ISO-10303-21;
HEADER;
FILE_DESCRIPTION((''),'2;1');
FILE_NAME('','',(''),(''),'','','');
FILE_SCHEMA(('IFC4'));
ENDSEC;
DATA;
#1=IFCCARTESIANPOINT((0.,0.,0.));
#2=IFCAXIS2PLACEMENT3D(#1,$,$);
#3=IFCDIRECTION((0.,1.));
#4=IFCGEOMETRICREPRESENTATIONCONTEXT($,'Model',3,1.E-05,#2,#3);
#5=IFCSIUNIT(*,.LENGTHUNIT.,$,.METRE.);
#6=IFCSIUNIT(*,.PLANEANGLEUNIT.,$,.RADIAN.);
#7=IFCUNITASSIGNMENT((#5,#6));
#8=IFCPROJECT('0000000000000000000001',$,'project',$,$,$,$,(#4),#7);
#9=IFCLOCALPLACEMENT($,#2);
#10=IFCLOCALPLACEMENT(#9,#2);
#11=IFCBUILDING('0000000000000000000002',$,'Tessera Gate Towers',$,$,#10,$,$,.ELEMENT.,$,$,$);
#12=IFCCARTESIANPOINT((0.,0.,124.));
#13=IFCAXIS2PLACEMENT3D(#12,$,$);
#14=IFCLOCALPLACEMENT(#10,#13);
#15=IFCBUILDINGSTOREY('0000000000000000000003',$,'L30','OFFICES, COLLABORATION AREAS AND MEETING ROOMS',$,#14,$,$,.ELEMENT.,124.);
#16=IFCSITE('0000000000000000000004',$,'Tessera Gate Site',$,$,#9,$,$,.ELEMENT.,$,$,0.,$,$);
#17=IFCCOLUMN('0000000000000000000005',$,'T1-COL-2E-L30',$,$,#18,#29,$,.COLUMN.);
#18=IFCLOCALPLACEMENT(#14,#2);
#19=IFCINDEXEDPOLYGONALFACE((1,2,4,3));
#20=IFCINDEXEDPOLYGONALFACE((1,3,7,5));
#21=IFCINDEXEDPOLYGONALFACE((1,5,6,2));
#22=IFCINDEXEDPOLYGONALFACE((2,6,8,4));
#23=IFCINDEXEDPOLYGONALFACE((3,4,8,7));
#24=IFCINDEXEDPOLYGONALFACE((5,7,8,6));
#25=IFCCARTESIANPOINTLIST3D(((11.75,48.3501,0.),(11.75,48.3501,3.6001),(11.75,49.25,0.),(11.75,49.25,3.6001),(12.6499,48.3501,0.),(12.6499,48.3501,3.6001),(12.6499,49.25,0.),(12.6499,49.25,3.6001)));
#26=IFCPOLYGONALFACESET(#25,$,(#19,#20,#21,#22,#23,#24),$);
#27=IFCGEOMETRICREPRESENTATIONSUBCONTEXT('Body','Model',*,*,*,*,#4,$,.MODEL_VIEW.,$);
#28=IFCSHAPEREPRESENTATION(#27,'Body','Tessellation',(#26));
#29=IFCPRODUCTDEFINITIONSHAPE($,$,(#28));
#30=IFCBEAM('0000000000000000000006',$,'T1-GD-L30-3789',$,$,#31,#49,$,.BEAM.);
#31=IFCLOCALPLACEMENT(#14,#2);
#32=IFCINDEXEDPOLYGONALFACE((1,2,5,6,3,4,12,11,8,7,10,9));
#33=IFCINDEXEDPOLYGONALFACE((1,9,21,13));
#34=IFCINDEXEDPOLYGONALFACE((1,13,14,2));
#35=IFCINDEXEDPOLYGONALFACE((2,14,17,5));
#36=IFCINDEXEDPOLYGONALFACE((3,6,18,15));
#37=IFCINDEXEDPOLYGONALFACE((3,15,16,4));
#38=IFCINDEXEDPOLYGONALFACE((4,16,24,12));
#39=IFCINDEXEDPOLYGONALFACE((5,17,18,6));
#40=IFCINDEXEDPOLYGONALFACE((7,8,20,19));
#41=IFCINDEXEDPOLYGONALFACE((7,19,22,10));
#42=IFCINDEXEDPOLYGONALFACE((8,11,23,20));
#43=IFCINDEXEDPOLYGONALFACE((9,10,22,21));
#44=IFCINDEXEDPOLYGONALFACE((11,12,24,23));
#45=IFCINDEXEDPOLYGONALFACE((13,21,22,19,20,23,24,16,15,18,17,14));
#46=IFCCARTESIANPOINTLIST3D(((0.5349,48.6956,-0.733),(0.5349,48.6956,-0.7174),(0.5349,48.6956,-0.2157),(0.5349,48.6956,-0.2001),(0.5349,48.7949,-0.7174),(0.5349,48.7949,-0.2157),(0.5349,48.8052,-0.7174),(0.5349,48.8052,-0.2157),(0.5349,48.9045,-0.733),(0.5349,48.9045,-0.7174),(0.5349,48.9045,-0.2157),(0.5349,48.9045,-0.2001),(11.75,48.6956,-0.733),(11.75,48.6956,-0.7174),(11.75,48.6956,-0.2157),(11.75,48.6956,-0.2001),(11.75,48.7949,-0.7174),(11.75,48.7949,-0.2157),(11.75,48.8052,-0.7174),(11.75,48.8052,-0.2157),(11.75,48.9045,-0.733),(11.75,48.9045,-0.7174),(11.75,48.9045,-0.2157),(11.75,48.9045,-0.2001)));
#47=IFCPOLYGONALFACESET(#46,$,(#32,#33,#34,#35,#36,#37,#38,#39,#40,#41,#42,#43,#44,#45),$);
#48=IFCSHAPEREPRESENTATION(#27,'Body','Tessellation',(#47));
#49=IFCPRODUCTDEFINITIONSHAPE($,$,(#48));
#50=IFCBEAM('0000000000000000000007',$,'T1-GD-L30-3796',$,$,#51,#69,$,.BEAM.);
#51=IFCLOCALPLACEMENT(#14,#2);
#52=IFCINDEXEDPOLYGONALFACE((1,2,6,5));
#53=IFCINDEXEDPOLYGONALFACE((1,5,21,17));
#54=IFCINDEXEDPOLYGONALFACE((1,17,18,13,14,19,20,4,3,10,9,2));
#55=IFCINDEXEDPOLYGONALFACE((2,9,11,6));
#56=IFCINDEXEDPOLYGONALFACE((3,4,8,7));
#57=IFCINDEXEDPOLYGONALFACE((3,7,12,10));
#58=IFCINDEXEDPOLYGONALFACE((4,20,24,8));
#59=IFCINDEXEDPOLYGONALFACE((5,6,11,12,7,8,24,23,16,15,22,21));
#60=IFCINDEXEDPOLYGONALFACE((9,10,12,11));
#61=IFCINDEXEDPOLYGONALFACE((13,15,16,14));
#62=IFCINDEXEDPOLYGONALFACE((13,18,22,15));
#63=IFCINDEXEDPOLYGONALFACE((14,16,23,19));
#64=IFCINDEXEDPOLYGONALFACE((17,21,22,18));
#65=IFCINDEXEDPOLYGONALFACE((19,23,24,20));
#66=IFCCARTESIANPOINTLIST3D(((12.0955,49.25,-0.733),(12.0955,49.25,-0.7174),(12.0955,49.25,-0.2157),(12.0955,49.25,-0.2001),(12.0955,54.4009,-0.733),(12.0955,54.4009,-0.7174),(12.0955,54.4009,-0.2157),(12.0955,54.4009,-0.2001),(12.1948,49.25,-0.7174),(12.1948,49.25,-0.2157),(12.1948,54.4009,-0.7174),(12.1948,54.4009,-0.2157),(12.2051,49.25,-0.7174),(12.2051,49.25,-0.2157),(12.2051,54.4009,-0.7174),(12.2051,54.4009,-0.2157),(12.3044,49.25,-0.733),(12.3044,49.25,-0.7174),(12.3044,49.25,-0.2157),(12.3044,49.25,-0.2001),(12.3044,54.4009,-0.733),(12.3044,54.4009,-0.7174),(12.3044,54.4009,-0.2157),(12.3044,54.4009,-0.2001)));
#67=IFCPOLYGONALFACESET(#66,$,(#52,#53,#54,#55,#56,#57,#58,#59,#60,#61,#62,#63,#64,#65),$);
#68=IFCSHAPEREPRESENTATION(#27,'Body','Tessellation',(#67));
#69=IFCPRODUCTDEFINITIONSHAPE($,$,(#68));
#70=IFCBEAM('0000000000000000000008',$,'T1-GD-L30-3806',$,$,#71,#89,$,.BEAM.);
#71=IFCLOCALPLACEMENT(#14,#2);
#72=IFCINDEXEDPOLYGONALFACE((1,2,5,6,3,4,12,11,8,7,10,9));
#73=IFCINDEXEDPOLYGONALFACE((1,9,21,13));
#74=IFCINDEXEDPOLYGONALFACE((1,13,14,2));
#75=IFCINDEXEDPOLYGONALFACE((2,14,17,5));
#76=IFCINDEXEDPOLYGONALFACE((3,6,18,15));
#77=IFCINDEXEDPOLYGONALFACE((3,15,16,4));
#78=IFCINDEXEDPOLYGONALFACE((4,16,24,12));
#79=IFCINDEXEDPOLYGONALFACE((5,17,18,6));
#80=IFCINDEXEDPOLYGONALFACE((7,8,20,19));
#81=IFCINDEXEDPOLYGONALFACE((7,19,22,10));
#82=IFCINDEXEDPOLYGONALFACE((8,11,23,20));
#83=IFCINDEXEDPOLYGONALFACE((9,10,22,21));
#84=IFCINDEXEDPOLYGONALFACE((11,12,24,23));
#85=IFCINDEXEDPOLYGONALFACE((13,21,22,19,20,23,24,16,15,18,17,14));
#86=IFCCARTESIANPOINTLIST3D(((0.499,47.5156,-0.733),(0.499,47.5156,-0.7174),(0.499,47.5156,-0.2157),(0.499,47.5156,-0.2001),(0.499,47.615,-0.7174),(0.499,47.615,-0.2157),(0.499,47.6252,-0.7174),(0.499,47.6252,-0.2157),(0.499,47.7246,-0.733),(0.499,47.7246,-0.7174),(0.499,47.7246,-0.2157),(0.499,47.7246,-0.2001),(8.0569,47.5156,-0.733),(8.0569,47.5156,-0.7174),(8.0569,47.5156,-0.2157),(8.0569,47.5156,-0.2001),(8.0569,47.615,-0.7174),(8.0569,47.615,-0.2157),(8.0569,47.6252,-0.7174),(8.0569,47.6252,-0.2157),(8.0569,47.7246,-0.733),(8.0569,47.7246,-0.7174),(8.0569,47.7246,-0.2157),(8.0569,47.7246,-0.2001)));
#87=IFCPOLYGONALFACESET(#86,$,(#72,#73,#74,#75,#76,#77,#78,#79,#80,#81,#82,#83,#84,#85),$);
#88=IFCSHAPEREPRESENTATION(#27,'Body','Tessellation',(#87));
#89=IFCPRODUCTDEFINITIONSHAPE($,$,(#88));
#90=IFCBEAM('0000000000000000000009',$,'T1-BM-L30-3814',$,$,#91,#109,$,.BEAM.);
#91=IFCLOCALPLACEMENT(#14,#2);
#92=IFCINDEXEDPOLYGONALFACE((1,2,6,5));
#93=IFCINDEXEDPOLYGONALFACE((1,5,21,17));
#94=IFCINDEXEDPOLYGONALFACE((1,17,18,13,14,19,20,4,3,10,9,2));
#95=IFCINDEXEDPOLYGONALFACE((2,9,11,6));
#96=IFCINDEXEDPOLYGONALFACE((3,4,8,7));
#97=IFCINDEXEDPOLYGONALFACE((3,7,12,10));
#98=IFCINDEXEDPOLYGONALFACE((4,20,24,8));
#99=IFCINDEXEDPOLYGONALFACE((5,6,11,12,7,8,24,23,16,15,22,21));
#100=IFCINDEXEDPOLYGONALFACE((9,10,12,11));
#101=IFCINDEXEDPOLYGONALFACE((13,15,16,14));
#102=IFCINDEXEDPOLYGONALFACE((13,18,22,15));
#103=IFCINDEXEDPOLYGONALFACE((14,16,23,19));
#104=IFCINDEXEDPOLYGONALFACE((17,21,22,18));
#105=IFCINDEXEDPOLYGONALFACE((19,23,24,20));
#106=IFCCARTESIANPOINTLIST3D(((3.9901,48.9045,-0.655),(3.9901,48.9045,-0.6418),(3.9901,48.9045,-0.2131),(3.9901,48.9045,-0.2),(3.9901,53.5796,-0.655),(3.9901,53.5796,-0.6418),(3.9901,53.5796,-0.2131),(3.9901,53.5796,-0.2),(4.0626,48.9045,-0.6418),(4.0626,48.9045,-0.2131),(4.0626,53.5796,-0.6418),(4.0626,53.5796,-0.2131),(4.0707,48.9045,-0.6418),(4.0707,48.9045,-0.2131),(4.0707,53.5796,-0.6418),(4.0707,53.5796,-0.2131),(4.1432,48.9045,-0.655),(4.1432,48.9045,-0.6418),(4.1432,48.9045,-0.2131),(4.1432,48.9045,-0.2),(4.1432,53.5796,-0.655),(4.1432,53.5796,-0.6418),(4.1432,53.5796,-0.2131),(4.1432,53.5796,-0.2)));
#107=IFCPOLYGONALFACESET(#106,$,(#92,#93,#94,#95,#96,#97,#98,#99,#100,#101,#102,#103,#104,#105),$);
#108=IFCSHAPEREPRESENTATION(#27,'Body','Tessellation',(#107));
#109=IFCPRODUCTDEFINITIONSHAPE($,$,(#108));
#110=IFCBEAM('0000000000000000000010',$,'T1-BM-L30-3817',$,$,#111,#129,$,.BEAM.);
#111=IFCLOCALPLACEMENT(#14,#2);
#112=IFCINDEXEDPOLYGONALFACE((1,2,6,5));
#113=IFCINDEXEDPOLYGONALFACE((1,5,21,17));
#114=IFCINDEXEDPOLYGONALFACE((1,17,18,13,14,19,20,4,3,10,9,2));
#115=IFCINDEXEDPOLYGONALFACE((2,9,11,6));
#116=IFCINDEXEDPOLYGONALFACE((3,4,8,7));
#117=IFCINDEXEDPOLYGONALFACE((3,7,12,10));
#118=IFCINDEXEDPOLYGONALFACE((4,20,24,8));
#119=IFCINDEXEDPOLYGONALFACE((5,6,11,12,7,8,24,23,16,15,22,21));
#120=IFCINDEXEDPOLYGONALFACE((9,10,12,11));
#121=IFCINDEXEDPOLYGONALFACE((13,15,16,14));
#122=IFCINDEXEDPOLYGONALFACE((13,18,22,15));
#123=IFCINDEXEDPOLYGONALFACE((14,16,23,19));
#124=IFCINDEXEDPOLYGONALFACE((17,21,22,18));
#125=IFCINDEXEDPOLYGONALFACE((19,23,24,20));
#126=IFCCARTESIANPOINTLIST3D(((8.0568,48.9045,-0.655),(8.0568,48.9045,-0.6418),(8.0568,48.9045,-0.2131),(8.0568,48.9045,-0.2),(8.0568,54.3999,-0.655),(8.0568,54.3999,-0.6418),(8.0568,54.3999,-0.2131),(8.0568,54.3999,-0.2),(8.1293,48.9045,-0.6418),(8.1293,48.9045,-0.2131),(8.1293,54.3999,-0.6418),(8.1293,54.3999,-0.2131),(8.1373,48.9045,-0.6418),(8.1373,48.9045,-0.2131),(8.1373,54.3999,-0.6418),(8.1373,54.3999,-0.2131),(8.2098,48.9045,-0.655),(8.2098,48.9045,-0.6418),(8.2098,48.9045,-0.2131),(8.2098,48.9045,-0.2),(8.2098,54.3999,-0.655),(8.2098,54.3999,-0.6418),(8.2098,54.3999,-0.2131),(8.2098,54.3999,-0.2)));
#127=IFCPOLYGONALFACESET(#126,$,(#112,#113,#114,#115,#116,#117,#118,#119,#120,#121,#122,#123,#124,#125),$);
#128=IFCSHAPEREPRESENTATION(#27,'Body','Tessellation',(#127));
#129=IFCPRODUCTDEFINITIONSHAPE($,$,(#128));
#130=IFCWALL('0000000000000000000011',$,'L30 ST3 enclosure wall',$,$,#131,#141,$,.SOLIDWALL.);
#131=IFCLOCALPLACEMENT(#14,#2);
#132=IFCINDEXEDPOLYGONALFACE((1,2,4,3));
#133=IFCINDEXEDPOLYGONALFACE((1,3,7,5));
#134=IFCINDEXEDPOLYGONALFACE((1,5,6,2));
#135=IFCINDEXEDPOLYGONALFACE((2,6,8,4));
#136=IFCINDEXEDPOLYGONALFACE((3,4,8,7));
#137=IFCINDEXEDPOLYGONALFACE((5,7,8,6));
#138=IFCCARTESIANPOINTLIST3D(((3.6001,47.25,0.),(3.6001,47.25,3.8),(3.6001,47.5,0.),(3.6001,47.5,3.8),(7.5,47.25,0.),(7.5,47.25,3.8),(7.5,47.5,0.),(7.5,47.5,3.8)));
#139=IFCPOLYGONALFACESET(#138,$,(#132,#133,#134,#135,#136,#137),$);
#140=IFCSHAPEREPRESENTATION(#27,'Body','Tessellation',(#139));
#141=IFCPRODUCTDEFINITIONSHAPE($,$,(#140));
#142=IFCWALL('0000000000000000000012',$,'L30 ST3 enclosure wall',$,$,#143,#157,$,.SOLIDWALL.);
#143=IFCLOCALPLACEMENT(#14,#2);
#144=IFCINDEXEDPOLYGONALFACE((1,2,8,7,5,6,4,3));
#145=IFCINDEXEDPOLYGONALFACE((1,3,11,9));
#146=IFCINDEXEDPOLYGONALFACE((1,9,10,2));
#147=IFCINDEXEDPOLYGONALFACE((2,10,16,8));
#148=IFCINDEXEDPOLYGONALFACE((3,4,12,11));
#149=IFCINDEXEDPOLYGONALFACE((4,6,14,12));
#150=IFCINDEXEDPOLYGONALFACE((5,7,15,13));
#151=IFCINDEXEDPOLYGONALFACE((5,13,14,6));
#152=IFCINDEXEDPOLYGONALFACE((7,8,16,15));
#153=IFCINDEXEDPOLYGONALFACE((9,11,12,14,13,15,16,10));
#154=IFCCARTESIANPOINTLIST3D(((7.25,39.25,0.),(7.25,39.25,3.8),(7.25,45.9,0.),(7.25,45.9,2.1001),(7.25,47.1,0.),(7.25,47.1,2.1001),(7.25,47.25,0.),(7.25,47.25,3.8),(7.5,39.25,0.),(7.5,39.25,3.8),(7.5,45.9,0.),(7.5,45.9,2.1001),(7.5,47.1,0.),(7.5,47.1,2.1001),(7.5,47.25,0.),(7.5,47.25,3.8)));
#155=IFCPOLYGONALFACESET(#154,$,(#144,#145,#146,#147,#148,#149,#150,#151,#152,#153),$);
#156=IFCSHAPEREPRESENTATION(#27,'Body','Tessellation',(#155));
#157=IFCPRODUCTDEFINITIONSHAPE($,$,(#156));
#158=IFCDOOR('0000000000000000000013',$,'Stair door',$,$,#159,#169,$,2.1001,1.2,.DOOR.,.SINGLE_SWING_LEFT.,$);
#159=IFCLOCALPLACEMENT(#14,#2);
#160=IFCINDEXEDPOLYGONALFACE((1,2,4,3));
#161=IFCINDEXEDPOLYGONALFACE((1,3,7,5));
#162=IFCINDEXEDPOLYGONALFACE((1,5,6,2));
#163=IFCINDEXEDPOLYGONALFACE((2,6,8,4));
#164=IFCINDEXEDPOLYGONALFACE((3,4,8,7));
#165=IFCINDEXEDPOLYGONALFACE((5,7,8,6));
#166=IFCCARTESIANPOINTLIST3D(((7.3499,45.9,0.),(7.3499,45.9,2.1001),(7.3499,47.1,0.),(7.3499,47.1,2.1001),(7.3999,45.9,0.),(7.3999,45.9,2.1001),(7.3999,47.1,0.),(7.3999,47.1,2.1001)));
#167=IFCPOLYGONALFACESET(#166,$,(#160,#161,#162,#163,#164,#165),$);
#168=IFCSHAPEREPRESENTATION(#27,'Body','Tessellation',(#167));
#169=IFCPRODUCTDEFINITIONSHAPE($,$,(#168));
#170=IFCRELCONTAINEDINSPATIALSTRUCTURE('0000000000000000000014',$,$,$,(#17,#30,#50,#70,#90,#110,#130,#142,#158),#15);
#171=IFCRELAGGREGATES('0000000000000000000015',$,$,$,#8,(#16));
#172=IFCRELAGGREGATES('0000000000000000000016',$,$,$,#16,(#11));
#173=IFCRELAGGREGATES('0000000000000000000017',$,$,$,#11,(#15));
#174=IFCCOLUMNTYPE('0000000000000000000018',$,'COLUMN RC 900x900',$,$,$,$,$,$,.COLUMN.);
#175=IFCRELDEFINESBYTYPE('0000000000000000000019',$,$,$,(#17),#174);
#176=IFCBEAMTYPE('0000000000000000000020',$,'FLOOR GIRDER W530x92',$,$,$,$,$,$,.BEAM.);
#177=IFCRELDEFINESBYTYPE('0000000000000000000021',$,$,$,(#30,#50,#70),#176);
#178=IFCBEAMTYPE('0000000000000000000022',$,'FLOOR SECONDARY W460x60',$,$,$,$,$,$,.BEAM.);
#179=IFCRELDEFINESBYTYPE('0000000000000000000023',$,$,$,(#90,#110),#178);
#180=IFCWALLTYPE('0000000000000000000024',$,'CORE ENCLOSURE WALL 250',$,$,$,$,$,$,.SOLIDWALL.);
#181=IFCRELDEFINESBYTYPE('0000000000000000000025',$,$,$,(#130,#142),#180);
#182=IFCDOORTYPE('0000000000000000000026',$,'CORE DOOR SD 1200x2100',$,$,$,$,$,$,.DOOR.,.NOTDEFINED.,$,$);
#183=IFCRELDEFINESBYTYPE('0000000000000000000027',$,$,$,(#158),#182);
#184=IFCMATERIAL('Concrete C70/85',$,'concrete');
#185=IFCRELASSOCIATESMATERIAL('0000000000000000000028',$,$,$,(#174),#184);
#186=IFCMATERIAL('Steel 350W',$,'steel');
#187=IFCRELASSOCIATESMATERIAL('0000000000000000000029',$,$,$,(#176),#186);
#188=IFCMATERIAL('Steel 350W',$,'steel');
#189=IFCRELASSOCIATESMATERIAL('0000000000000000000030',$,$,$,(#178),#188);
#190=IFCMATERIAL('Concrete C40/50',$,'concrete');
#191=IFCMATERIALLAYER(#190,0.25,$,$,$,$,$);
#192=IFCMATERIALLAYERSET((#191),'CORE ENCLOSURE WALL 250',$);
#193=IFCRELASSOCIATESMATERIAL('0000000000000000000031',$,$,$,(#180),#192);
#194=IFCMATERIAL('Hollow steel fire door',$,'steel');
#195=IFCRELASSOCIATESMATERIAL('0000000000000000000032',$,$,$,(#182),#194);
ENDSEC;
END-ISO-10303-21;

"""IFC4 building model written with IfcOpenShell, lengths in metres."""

from ifc_helpers import new_model, si_unit, direction, frame, frame_2d, origin, origin_2d, place, context, subcontext, project, spatial, rectangle, i_section, extrude, source, transform, mapped, material, layer, layer_set, material_profile, profile_set, type_object, element, fill, save


model = new_model("IFC4")

# Units and contexts
model_context = context("Model", 3, precision=1e-05, world=origin(), true_north=direction((0.0, 1.0)))
body_context = subcontext(model_context, "Body", "Model", "MODEL_VIEW")
ifc_project = project(units=[si_unit("LENGTHUNIT", "METRE"), si_unit("PLANEANGLEUNIT", "RADIAN")], contexts=[model_context])

# Site, building, storey
site_placement = place(None, origin())
site = spatial("IfcSite", under=ifc_project, at=site_placement, Name="Tessera Gate Site", CompositionType="ELEMENT", RefElevation=0.0)
building_placement = place(site_placement, origin())
building = spatial("IfcBuilding", under=site, at=building_placement, Name="Tessera Gate Towers", CompositionType="ELEMENT")
storey_placement = place(building_placement, frame((0.0, 0.0, 124.0)))
storey = spatial("IfcBuildingStorey", under=building, at=storey_placement, Name="L30", Description="OFFICES, COLLABORATION AREAS AND MEETING ROOMS", CompositionType="ELEMENT", Elevation=124.0)

# Column
ifc_material_1 = material(Name="Concrete C70/85", Category="concrete")
ifc_material_profile_1 = material_profile(ifc_material_1, rectangle(XDim=0.8999, YDim=0.8999, at=origin_2d()), Name="RC 900x900")
ifc_profile_set_1 = profile_set([ifc_material_profile_1], Name="Concrete C70/85")
column_type = type_object("IfcColumnType", Name="COLUMN RC 900x900", PredefinedType="COLUMN", material=ifc_profile_set_1)
column_placement = place(storey_placement, frame((12.2, 48.8, 0.0), z_axis=(0.0, 0.0, 1.0), x_axis=(1.0, 0.0, 0.0)))
element("IfcColumn", 1, at=column_placement, inside=storey, type_object=column_type, Name="T1-COL-2E-L30", PredefinedType="COLUMN", context=body_context, shape_type="SweptSolid", body=[
    extrude(rectangle(XDim=0.8999, YDim=0.8999, at=origin_2d()), origin(), (0.0, 0.0, 1.0), 3.6001),
])

# Beams
ifc_material_2 = material(Name="Steel 350W", Category="steel")
ifc_material_profile_2 = material_profile(ifc_material_2, i_section(OverallWidth=0.209, OverallDepth=0.533, WebThickness=0.0103, FlangeThickness=0.0156, at=origin_2d()), Name="W530x92")
ifc_profile_set_2 = profile_set([ifc_material_profile_2], Name="Steel 350W")
beam_type_1 = type_object("IfcBeamType", Name="FLOOR GIRDER W530x92", PredefinedType="BEAM", material=ifc_profile_set_2)
beam_1_placement = place(storey_placement, frame((0.5349, 48.8, -0.4666), z_axis=(1.0, 0.0, 0.0), x_axis=(0.0, 1.0, 0.0)))
element("IfcBeam", 2, at=beam_1_placement, inside=storey, type_object=beam_type_1, Name="T1-GD-L30-3789", PredefinedType="BEAM", context=body_context, shape_type="SweptSolid", body=[
    extrude(i_section(OverallWidth=0.209, OverallDepth=0.533, WebThickness=0.0103, FlangeThickness=0.0156, at=origin_2d()), origin(), (0.0, 0.0, 1.0), 11.2151),
])
beam_2_placement = place(storey_placement, frame((12.2, 49.25, -0.4666), z_axis=(0.0, 1.0, 0.0), x_axis=(-1.0, 0.0, 0.0)))
element("IfcBeam", 3, at=beam_2_placement, inside=storey, type_object=beam_type_1, Name="T1-GD-L30-3796", PredefinedType="BEAM", context=body_context, shape_type="SweptSolid", body=[
    extrude(i_section(OverallWidth=0.209, OverallDepth=0.533, WebThickness=0.0103, FlangeThickness=0.0156, at=origin_2d()), origin(), (0.0, 0.0, 1.0), 5.1509),
])
beam_3_placement = place(storey_placement, frame((0.499, 47.6201, -0.4666), z_axis=(1.0, 0.0, 0.0), x_axis=(0.0, 1.0, 0.0)))
element("IfcBeam", 4, at=beam_3_placement, inside=storey, type_object=beam_type_1, Name="T1-GD-L30-3806", PredefinedType="BEAM", context=body_context, shape_type="SweptSolid", body=[
    extrude(i_section(OverallWidth=0.209, OverallDepth=0.533, WebThickness=0.0103, FlangeThickness=0.0156, at=origin_2d()), origin(), (0.0, 0.0, 1.0), 7.5579),
])
ifc_material_3 = material(Name="Steel 350W", Category="steel")
ifc_material_profile_3 = material_profile(ifc_material_3, i_section(OverallWidth=0.1531, OverallDepth=0.4551, WebThickness=0.0081, FlangeThickness=0.0132, at=origin_2d()), Name="W460x60")
ifc_profile_set_3 = profile_set([ifc_material_profile_3], Name="Steel 350W")
beam_type_2 = type_object("IfcBeamType", Name="FLOOR SECONDARY W460x60", PredefinedType="BEAM", material=ifc_profile_set_3)
beam_4_placement = place(storey_placement, frame((4.0667, 48.9045, -0.4275), z_axis=(0.0, 1.0, 0.0), x_axis=(-1.0, 0.0, 0.0)))
element("IfcBeam", 5, at=beam_4_placement, inside=storey, type_object=beam_type_2, Name="T1-BM-L30-3814", PredefinedType="BEAM", context=body_context, shape_type="SweptSolid", body=[
    extrude(i_section(OverallWidth=0.1531, OverallDepth=0.4551, WebThickness=0.0081, FlangeThickness=0.0132, at=origin_2d()), origin(), (0.0, 0.0, 1.0), 4.675),
])
beam_5_placement = place(storey_placement, frame((8.1333, 48.9045, -0.4275), z_axis=(0.0, 1.0, 0.0), x_axis=(-1.0, 0.0, 0.0)))
element("IfcBeam", 6, at=beam_5_placement, inside=storey, type_object=beam_type_2, Name="T1-BM-L30-3817", PredefinedType="BEAM", context=body_context, shape_type="SweptSolid", body=[
    extrude(i_section(OverallWidth=0.1531, OverallDepth=0.4551, WebThickness=0.0081, FlangeThickness=0.0132, at=origin_2d()), origin(), (0.0, 0.0, 1.0), 5.4954),
])

# Wall
ifc_material_4 = material(Name="Concrete C40/50", Category="concrete")
ifc_layer_1 = layer(ifc_material_4, 0.25)
ifc_layer_set_1 = layer_set([ifc_layer_1], Name="CORE ENCLOSURE WALL 250")
wall_type_1 = type_object("IfcWallType", Name="CORE ENCLOSURE WALL 250", PredefinedType="SOLIDWALL", material=ifc_layer_set_1)
wall_1_placement = place(storey_placement, frame((3.6001, 47.375, 0.0), z_axis=(0.0, 0.0, 1.0), x_axis=(1.0, 0.0, 0.0)))
element("IfcWall", 7, at=wall_1_placement, inside=storey, type_object=wall_type_1, Name="L30 ST3 enclosure wall", PredefinedType="SOLIDWALL", context=body_context, shape_type="SweptSolid", body=[
    extrude(rectangle(XDim=3.8999, YDim=0.25, at=frame_2d((1.95, 0.0))), origin(), (0.0, 0.0, 1.0), 3.8),
])

# Wall, opening, door
wall_2_placement = place(storey_placement, frame((7.375, 47.25, 0.0), z_axis=(0.0, 0.0, 1.0), x_axis=(0.0, -1.0, 0.0)))
wall_2 = element("IfcWall", 8, at=wall_2_placement, inside=storey, type_object=wall_type_1, Name="L30 ST3 enclosure wall", PredefinedType="SOLIDWALL", context=body_context, shape_type="SweptSolid", body=[
    extrude(rectangle(XDim=8.0, YDim=0.25, at=frame_2d((4.0, 0.0))), origin(), (0.0, 0.0, 1.0), 3.8),
])
shared_shape_1 = source(origin(), body_context, "Body", "SweptSolid", [
    extrude(rectangle(XDim=1.2, YDim=2.1001, at=frame_2d((0.6001, 1.05))), frame((0.0, 0.135, 0.0), z_axis=(0.0, -1.0, 0.0), x_axis=(1.0, 0.0, 0.0)), (0.0, 0.0, 1.0), 0.27),
])
opening_1_placement = place(wall_2_placement, frame((0.1499, 0.0, 0.0)))
opening_1 = element("IfcOpeningElement", 9, at=opening_1_placement, cuts=wall_2, PredefinedType="OPENING", context=body_context, shape_type="MappedRepresentation", body=[
    mapped(shared_shape_1, transform((0.0, 0.0, 0.0), scale=1.0)),
])
ifc_material_5 = material(Name="Hollow steel fire door", Category="steel")
door_type_1 = type_object("IfcDoorType", Name="CORE DOOR SD 1200x2100", OperationType="NOTDEFINED", PredefinedType="DOOR", material=ifc_material_5)
shared_shape_2 = source(origin(), body_context, "Body", "SweptSolid", [
    extrude(rectangle(XDim=1.2, YDim=2.1001, at=frame_2d((0.6001, 1.05))), frame((0.0, 0.0249, 0.0), z_axis=(0.0, -1.0, 0.0), x_axis=(1.0, 0.0, 0.0)), (0.0, 0.0, 1.0), 0.05),
])
door_1_placement = place(opening_1_placement, origin())
door_1 = element("IfcDoor", 10, at=door_1_placement, inside=storey, type_object=door_type_1, Name="Stair door", OperationType="SINGLE_SWING_LEFT", OverallHeight=2.1001, OverallWidth=1.2, PredefinedType="DOOR", context=body_context, shape_type="MappedRepresentation", body=[
    mapped(shared_shape_2, transform((0.0, 0.0, 0.0), scale=1.0)),
])
fill(opening_1, door_1)

save(model, "model.ifc")
